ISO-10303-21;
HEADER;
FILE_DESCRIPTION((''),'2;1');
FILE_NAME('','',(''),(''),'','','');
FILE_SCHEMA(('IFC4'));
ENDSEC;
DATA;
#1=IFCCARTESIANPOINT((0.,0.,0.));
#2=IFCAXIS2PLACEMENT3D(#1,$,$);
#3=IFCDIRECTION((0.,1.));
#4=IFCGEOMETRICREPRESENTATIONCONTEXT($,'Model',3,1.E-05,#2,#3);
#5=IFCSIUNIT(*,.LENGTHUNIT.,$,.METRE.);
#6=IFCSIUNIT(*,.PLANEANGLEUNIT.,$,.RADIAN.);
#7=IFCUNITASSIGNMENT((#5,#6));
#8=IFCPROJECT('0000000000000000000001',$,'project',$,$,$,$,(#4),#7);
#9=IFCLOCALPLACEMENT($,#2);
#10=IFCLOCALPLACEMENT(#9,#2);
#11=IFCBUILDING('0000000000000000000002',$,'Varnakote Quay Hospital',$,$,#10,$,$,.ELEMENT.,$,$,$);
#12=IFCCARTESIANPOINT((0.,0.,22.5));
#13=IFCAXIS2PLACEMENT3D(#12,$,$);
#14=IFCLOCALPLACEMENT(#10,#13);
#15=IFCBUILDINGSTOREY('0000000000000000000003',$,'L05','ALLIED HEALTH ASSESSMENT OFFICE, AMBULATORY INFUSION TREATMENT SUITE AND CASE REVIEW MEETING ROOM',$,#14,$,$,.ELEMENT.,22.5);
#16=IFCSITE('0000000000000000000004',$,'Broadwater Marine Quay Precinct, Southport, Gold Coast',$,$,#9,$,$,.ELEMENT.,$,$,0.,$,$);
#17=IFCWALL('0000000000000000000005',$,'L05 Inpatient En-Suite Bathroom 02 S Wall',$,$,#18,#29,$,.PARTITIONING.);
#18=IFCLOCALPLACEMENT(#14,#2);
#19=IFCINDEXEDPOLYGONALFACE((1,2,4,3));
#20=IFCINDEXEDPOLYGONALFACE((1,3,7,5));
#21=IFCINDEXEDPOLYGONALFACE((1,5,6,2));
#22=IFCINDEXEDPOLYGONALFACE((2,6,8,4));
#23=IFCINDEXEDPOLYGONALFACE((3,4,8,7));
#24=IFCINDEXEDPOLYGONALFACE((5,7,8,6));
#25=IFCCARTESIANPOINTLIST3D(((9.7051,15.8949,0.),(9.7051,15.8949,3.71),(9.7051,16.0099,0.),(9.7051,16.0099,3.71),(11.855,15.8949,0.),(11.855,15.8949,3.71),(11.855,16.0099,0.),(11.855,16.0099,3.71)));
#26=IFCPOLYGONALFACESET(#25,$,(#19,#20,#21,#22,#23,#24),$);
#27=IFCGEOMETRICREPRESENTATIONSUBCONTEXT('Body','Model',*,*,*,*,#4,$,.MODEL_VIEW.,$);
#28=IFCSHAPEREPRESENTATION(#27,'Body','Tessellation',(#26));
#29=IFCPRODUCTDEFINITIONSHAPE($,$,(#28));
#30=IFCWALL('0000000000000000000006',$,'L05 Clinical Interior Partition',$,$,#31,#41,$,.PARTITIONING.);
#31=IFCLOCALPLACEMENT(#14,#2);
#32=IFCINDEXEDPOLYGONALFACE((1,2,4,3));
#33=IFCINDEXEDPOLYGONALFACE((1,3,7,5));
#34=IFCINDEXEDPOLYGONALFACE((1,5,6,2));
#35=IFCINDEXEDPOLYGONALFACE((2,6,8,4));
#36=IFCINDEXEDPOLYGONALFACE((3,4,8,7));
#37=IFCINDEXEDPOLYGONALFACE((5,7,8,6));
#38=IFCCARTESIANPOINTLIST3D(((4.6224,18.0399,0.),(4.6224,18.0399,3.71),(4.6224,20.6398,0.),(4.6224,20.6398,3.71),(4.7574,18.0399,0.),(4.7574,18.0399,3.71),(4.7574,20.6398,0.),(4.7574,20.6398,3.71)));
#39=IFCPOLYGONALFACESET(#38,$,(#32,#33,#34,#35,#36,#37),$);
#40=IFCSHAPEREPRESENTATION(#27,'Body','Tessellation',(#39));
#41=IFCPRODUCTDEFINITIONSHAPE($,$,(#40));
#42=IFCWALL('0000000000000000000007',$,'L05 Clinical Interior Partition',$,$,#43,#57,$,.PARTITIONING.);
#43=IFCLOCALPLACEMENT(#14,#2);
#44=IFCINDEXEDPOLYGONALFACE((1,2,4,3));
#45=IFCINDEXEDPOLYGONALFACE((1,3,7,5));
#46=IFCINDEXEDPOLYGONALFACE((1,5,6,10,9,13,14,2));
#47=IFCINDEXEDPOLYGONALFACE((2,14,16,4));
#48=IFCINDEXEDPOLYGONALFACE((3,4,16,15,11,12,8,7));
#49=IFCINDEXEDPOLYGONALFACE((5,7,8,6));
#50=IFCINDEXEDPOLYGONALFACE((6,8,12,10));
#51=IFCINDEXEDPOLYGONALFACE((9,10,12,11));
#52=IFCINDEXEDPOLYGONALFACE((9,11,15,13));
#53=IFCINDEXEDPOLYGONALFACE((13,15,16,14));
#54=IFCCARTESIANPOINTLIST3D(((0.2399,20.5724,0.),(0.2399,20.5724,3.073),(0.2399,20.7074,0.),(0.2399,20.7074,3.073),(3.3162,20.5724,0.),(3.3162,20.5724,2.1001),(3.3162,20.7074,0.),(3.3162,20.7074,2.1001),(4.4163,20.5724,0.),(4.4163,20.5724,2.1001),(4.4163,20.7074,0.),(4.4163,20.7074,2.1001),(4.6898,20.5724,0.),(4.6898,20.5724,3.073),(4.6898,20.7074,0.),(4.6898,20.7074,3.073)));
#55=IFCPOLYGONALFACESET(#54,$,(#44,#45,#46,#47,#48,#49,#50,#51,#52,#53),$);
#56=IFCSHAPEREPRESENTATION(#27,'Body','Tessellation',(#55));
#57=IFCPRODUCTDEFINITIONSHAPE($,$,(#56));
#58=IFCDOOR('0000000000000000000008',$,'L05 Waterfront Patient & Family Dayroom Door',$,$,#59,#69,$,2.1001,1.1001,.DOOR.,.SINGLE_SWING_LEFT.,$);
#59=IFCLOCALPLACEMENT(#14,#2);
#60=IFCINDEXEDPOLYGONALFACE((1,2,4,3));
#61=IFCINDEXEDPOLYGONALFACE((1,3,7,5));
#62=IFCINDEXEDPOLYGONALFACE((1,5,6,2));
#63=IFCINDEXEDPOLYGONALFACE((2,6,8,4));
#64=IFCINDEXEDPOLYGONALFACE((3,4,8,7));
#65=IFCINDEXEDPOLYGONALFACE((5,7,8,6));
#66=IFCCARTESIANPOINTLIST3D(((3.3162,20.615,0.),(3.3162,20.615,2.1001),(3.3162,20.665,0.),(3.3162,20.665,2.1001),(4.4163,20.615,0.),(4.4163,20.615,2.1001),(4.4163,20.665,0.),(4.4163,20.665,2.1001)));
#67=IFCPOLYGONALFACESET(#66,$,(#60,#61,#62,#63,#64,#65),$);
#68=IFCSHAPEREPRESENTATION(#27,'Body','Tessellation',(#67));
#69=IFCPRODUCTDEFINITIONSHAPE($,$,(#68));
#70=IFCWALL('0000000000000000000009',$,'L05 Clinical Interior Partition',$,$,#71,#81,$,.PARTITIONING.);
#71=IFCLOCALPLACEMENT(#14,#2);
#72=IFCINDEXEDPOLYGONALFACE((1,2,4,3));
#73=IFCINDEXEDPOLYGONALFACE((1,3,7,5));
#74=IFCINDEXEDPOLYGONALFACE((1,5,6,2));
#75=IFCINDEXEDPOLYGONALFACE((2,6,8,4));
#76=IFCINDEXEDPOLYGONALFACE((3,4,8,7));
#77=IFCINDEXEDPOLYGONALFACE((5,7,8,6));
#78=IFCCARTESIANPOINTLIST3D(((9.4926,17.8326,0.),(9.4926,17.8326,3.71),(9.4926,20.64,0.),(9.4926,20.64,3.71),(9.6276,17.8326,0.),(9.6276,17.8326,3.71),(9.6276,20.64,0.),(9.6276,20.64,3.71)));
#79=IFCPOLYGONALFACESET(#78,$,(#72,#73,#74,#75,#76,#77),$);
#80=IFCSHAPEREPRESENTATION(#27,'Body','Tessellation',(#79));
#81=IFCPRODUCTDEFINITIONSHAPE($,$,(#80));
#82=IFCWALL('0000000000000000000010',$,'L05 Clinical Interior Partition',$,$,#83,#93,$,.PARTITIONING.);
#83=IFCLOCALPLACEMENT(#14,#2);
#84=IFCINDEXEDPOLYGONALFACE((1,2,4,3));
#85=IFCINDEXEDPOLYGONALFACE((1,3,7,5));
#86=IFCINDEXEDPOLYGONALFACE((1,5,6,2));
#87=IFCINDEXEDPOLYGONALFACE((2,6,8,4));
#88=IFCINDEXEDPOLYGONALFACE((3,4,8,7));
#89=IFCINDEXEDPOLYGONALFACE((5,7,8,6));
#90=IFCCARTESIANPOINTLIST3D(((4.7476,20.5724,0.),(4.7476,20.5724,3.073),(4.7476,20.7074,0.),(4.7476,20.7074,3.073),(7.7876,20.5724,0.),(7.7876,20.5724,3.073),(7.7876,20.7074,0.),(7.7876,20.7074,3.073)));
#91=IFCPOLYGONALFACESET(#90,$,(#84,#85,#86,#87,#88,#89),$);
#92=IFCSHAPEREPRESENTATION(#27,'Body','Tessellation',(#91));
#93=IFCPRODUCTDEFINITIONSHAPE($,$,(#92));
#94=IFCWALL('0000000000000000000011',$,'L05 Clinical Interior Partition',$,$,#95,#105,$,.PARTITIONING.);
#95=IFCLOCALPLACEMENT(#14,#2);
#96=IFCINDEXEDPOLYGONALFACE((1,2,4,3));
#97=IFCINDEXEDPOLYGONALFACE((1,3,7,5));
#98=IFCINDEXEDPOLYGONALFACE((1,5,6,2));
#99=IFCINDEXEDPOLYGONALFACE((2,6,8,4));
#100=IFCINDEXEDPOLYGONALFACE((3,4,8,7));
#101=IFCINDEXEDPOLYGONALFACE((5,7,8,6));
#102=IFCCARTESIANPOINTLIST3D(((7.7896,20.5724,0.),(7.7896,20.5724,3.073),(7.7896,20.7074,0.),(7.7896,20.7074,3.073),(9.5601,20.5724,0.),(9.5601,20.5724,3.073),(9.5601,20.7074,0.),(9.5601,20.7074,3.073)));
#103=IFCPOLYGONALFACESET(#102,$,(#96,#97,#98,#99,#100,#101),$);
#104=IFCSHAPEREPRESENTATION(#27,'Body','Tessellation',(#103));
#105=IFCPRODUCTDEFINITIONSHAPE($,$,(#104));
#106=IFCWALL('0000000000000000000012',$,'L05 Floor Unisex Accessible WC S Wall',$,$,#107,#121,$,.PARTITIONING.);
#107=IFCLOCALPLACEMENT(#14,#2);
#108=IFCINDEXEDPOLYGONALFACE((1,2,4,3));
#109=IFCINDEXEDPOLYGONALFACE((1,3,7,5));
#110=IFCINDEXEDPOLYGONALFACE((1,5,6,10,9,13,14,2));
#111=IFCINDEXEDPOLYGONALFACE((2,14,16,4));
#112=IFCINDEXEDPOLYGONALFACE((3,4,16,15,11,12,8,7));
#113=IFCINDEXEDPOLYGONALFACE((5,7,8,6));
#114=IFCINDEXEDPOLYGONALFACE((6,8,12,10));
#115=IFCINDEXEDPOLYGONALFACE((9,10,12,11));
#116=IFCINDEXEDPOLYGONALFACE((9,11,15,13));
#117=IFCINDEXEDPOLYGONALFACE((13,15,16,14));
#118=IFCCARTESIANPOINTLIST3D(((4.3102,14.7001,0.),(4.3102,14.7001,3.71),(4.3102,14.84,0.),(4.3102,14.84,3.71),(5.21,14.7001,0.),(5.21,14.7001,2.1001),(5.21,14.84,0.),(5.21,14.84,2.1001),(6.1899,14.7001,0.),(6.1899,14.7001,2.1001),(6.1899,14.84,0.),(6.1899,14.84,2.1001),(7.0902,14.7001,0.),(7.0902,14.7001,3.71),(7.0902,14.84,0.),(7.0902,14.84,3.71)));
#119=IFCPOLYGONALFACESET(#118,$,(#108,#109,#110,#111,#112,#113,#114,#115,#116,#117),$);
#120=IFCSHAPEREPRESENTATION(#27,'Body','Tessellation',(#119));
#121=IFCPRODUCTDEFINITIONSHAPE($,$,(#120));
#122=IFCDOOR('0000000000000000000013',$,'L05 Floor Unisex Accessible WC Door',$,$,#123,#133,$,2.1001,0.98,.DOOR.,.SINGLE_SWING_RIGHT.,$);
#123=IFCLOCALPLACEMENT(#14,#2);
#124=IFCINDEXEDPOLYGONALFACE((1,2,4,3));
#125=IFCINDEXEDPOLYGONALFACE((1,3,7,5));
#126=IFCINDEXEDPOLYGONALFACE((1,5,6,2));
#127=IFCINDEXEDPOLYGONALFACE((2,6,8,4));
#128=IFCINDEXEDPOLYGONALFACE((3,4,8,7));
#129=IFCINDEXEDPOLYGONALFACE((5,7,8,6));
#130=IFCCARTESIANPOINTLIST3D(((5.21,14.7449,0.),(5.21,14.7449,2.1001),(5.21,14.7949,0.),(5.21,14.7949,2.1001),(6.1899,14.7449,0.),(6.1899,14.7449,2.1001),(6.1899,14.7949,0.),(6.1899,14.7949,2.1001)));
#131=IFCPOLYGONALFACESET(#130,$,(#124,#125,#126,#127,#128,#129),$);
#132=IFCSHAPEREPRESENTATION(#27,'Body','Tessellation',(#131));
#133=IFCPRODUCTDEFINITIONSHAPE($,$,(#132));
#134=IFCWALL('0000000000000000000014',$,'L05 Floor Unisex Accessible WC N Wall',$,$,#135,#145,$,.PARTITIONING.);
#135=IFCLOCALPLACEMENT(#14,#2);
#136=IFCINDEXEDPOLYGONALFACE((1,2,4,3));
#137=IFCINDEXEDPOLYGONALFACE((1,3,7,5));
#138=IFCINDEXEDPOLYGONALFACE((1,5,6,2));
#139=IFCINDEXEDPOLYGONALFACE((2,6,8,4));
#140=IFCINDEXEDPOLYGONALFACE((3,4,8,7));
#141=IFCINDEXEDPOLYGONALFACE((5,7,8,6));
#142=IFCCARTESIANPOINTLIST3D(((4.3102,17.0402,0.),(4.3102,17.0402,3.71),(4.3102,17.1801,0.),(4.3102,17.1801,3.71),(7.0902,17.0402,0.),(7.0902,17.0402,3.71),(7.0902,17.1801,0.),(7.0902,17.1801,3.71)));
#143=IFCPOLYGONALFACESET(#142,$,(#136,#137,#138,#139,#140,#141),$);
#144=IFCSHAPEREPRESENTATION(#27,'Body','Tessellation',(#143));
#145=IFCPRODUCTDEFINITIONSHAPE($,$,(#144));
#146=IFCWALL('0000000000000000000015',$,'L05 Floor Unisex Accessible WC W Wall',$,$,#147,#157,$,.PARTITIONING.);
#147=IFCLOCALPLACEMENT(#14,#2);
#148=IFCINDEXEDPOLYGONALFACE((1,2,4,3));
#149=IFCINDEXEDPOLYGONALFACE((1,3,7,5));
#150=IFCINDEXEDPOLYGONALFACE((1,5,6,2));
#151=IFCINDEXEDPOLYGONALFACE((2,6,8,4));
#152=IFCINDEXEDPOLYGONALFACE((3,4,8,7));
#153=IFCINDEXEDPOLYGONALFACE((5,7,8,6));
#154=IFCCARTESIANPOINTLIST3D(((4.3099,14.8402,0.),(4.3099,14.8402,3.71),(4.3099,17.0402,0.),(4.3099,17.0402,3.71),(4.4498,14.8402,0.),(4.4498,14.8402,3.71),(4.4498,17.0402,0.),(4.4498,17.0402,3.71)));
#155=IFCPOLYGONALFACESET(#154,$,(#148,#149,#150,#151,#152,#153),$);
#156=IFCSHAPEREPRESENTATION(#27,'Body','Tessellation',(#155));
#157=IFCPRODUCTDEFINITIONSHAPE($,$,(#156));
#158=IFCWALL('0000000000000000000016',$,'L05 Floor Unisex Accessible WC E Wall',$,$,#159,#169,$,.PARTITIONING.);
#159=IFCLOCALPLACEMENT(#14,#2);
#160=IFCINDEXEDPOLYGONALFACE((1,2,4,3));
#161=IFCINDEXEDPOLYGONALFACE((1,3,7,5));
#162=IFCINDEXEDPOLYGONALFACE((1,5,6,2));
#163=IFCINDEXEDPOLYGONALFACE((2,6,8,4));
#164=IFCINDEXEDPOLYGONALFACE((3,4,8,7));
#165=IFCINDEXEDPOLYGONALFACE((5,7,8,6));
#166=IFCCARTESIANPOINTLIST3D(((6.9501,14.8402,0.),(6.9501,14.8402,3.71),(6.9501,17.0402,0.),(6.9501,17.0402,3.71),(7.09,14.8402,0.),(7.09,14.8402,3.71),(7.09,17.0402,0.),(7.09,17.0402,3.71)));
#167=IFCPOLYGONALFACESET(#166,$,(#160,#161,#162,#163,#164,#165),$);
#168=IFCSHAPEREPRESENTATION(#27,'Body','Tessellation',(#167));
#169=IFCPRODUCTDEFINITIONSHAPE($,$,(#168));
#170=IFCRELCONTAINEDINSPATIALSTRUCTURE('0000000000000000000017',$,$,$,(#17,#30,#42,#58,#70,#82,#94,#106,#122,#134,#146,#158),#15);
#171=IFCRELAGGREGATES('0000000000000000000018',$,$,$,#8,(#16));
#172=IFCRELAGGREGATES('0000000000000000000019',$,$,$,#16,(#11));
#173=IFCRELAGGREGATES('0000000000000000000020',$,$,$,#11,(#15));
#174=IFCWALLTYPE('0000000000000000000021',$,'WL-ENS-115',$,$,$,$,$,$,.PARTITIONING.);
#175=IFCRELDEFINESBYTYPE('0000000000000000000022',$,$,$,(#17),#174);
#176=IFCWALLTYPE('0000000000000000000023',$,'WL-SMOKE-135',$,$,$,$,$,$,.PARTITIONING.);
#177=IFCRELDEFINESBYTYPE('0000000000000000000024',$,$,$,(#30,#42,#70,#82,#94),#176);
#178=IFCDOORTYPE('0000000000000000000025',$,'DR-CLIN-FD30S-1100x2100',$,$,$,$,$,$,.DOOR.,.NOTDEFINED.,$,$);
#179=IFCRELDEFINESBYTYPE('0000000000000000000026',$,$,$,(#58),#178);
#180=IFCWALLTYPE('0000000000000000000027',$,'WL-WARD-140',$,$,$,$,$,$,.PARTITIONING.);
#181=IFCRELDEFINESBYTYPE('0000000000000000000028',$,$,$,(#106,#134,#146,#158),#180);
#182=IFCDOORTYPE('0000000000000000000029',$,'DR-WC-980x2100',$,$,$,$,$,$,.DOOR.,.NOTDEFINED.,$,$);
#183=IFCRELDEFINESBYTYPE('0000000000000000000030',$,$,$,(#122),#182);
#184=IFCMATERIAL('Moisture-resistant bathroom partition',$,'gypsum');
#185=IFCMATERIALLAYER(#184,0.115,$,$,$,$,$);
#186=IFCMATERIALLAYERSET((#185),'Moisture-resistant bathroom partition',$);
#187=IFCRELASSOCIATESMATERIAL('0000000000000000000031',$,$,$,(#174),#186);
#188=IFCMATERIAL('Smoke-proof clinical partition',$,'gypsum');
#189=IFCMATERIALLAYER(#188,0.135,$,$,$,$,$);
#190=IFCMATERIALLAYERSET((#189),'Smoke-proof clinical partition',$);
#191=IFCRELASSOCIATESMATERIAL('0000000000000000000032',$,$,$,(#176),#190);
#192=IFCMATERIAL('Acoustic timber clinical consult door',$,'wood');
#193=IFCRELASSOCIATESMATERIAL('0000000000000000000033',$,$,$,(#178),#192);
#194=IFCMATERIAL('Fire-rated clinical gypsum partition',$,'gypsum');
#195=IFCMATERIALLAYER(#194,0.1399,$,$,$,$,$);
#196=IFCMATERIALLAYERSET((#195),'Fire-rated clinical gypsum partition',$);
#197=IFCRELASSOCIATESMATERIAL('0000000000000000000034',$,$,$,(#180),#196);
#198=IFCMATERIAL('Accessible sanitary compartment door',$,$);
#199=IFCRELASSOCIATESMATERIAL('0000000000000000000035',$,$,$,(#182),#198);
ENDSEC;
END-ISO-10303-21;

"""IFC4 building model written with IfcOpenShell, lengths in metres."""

from ifc_helpers import new_model, si_unit, direction, frame, frame_2d, origin, place, context, subcontext, project, spatial, rectangle, extrude, material, layer, layer_set, type_object, element, fill, save


model = new_model("IFC4")

# Units and contexts
model_context = context("Model", 3, precision=1e-05, world=origin(), true_north=direction((0.0, 1.0)))
body_context = subcontext(model_context, "Body", "Model", "MODEL_VIEW")
ifc_project = project(units=[si_unit("LENGTHUNIT", "METRE"), si_unit("PLANEANGLEUNIT", "RADIAN")], contexts=[model_context])

# Site, building, storey
site_placement = place(None, origin())
site = spatial("IfcSite", under=ifc_project, at=site_placement, Name="Broadwater Marine Quay Precinct, Southport, Gold Coast", CompositionType="ELEMENT", RefElevation=0.0)
building_placement = place(site_placement, origin())
building = spatial("IfcBuilding", under=site, at=building_placement, Name="Varnakote Quay Hospital", CompositionType="ELEMENT")
storey_placement = place(building_placement, frame((0.0, 0.0, 22.5)))
storey = spatial("IfcBuildingStorey", under=building, at=storey_placement, Name="L05", Description="ALLIED HEALTH ASSESSMENT OFFICE, AMBULATORY INFUSION TREATMENT SUITE AND CASE REVIEW MEETING ROOM", CompositionType="ELEMENT", Elevation=22.5)

# Shared definitions
ifc_material_1 = material(Name="Moisture-resistant bathroom partition", Category="gypsum")
ifc_layer_1 = layer(ifc_material_1, 0.115)
ifc_layer_set_1 = layer_set([ifc_layer_1], Name="Moisture-resistant bathroom partition")
wall_type_1 = type_object("IfcWallType", Name="WL-ENS-115", PredefinedType="PARTITIONING", material=ifc_layer_set_1)

# Walls
wall_1_placement = place(storey_placement, frame((9.7051, 15.9524, 0.0), z_axis=(0.0, 0.0, 1.0), x_axis=(1.0, 0.0, 0.0)))
element("IfcWall", 1, at=wall_1_placement, inside=storey, type_object=wall_type_1, Name="L05 Inpatient En-Suite Bathroom 02 S Wall", PredefinedType="PARTITIONING", context=body_context, shape_type="SweptSolid", body=[
    extrude(rectangle(XDim=2.1499, YDim=0.115, at=frame_2d((1.075, 0.0))), origin(), (0.0, 0.0, 1.0), 3.71),
])
ifc_material_2 = material(Name="Smoke-proof clinical partition", Category="gypsum")
ifc_layer_2 = layer(ifc_material_2, 0.135)
ifc_layer_set_2 = layer_set([ifc_layer_2], Name="Smoke-proof clinical partition")
wall_type_2 = type_object("IfcWallType", Name="WL-SMOKE-135", PredefinedType="PARTITIONING", material=ifc_layer_set_2)
wall_2_placement = place(storey_placement, frame((4.6899, 18.04, 0.0), z_axis=(0.0, 0.0, 1.0), x_axis=(0.0, 1.0, 0.0)))
element("IfcWall", 2, at=wall_2_placement, inside=storey, type_object=wall_type_2, Name="L05 Clinical Interior Partition", PredefinedType="PARTITIONING", context=body_context, shape_type="SweptSolid", body=[
    extrude(rectangle(XDim=2.5999, YDim=0.135, at=frame_2d((1.2998, 0.0))), origin(), (0.0, 0.0, 1.0), 3.71),
])

# Wall, opening, door
wall_3_placement = place(storey_placement, frame((4.6899, 20.6399, 0.0), z_axis=(0.0, 0.0, 1.0), x_axis=(-1.0, 0.0, 0.0)))
wall_3 = element("IfcWall", 3, at=wall_3_placement, inside=storey, type_object=wall_type_2, Name="L05 Clinical Interior Partition", PredefinedType="PARTITIONING", context=body_context, shape_type="SweptSolid", body=[
    extrude(rectangle(XDim=4.45, YDim=0.135, at=frame_2d((2.2251, 0.0))), origin(), (0.0, 0.0, 1.0), 3.073),
])
opening_1_placement = place(wall_3_placement, frame((0.2737, 0.0, 0.0)))
opening_1 = element("IfcOpeningElement", 4, at=opening_1_placement, cuts=wall_3, PredefinedType="OPENING", context=body_context, shape_type="SweptSolid", body=[
    extrude(rectangle(XDim=1.1001, YDim=2.1001, at=frame_2d((0.55, 1.05))), frame((0.0, 0.0774, 0.0), z_axis=(0.0, -1.0, 0.0), x_axis=(1.0, 0.0, 0.0)), (0.0, 0.0, 1.0), 0.155),
])
ifc_material_3 = material(Name="Acoustic timber clinical consult door", Category="wood")
door_type_1 = type_object("IfcDoorType", Name="DR-CLIN-FD30S-1100x2100", OperationType="NOTDEFINED", PredefinedType="DOOR", material=ifc_material_3)
door_1_placement = place(opening_1_placement, origin())
door_1 = element("IfcDoor", 5, at=door_1_placement, inside=storey, type_object=door_type_1, Name="L05 Waterfront Patient & Family Dayroom Door", OperationType="SINGLE_SWING_LEFT", OverallHeight=2.1001, OverallWidth=1.1001, PredefinedType="DOOR", context=body_context, shape_type="SweptSolid", body=[
    extrude(rectangle(XDim=1.1001, YDim=2.1001, at=frame_2d((0.55, 1.05))), frame((0.0, 0.0249, 0.0), z_axis=(0.0, -1.0, 0.0), x_axis=(1.0, 0.0, 0.0)), (0.0, 0.0, 1.0), 0.05),
])
fill(opening_1, door_1)

# Walls
wall_4_placement = place(storey_placement, frame((9.5601, 17.8325, 0.0), z_axis=(0.0, 0.0, 1.0), x_axis=(0.0, 1.0, 0.0)))
element("IfcWall", 6, at=wall_4_placement, inside=storey, type_object=wall_type_2, Name="L05 Clinical Interior Partition", PredefinedType="PARTITIONING", context=body_context, shape_type="SweptSolid", body=[
    extrude(rectangle(XDim=2.8074, YDim=0.135, at=frame_2d((1.4038, 0.0))), origin(), (0.0, 0.0, 1.0), 3.71),
])
wall_5_placement = place(storey_placement, frame((7.7876, 20.6399, 0.0), z_axis=(0.0, 0.0, 1.0), x_axis=(-1.0, 0.0, 0.0)))
element("IfcWall", 7, at=wall_5_placement, inside=storey, type_object=wall_type_2, Name="L05 Clinical Interior Partition", PredefinedType="PARTITIONING", context=body_context, shape_type="SweptSolid", body=[
    extrude(rectangle(XDim=3.04, YDim=0.135, at=frame_2d((1.52, 0.0))), origin(), (0.0, 0.0, 1.0), 3.073),
])
wall_6_placement = place(storey_placement, frame((9.5601, 20.6399, 0.0), z_axis=(0.0, 0.0, 1.0), x_axis=(-1.0, 0.0, 0.0)))
element("IfcWall", 8, at=wall_6_placement, inside=storey, type_object=wall_type_2, Name="L05 Clinical Interior Partition", PredefinedType="PARTITIONING", context=body_context, shape_type="SweptSolid", body=[
    extrude(rectangle(XDim=1.7705, YDim=0.135, at=frame_2d((0.8853, 0.0))), origin(), (0.0, 0.0, 1.0), 3.073),
])

# Wall, opening, door
ifc_material_4 = material(Name="Fire-rated clinical gypsum partition", Category="gypsum")
ifc_layer_3 = layer(ifc_material_4, 0.1399)
ifc_layer_set_3 = layer_set([ifc_layer_3], Name="Fire-rated clinical gypsum partition")
wall_type_3 = type_object("IfcWallType", Name="WL-WARD-140", PredefinedType="PARTITIONING", material=ifc_layer_set_3)
wall_7_placement = place(storey_placement, frame((4.3101, 14.77, 0.0), z_axis=(0.0, 0.0, 1.0), x_axis=(1.0, 0.0, 0.0)))
wall_7 = element("IfcWall", 9, at=wall_7_placement, inside=storey, type_object=wall_type_3, Name="L05 Floor Unisex Accessible WC S Wall", PredefinedType="PARTITIONING", context=body_context, shape_type="SweptSolid", body=[
    extrude(rectangle(XDim=2.78, YDim=0.1399, at=frame_2d((1.3901, 0.0))), origin(), (0.0, 0.0, 1.0), 3.71),
])
opening_2_placement = place(wall_7_placement, frame((0.8999, 0.0, 0.0)))
opening_2 = element("IfcOpeningElement", 10, at=opening_2_placement, cuts=wall_7, PredefinedType="OPENING", context=body_context, shape_type="SweptSolid", body=[
    extrude(rectangle(XDim=0.98, YDim=2.1001, at=frame_2d((0.49, 1.05))), frame((0.0, 0.0798, 0.0), z_axis=(0.0, -1.0, 0.0), x_axis=(1.0, 0.0, 0.0)), (0.0, 0.0, 1.0), 0.1599),
])
ifc_material_5 = material(Name="Accessible sanitary compartment door")
door_type_2 = type_object("IfcDoorType", Name="DR-WC-980x2100", OperationType="NOTDEFINED", PredefinedType="DOOR", material=ifc_material_5)
door_2_placement = place(opening_2_placement, origin())
door_2 = element("IfcDoor", 11, at=door_2_placement, inside=storey, type_object=door_type_2, Name="L05 Floor Unisex Accessible WC Door", OperationType="SINGLE_SWING_RIGHT", OverallHeight=2.1001, OverallWidth=0.98, PredefinedType="DOOR", context=body_context, shape_type="SweptSolid", body=[
    extrude(rectangle(XDim=0.98, YDim=2.1001, at=frame_2d((0.49, 1.05))), frame((0.0, 0.0249, 0.0), z_axis=(0.0, -1.0, 0.0), x_axis=(1.0, 0.0, 0.0)), (0.0, 0.0, 1.0), 0.05),
])
fill(opening_2, door_2)

# Walls
wall_8_placement = place(storey_placement, frame((4.3101, 17.1101, 0.0), z_axis=(0.0, 0.0, 1.0), x_axis=(1.0, 0.0, 0.0)))
element("IfcWall", 12, at=wall_8_placement, inside=storey, type_object=wall_type_3, Name="L05 Floor Unisex Accessible WC N Wall", PredefinedType="PARTITIONING", context=body_context, shape_type="SweptSolid", body=[
    extrude(rectangle(XDim=2.78, YDim=0.1399, at=frame_2d((1.3901, 0.0))), origin(), (0.0, 0.0, 1.0), 3.71),
])
for number, where, z_axis, x_axis, name in (
    (13, (4.3799, 14.8401, 0.0), (0.0, 0.0, 1.0), (0.0, 1.0, 0.0), "L05 Floor Unisex Accessible WC W Wall"),
    (14, (7.02, 14.8401, 0.0), (0.0, 0.0, 1.0), (0.0, 1.0, 0.0), "L05 Floor Unisex Accessible WC E Wall"),
):
    element("IfcWall", number, at=place(storey_placement, frame(where, z_axis=z_axis, x_axis=x_axis)), inside=storey, type_object=wall_type_3, Name=name, PredefinedType="PARTITIONING", context=body_context, shape_type="SweptSolid", body=[
        extrude(rectangle(XDim=2.2, YDim=0.1399, at=frame_2d((1.1001, 0.0))), origin(), (0.0, 0.0, 1.0), 3.71),
    ])

save(model, "model.ifc")
